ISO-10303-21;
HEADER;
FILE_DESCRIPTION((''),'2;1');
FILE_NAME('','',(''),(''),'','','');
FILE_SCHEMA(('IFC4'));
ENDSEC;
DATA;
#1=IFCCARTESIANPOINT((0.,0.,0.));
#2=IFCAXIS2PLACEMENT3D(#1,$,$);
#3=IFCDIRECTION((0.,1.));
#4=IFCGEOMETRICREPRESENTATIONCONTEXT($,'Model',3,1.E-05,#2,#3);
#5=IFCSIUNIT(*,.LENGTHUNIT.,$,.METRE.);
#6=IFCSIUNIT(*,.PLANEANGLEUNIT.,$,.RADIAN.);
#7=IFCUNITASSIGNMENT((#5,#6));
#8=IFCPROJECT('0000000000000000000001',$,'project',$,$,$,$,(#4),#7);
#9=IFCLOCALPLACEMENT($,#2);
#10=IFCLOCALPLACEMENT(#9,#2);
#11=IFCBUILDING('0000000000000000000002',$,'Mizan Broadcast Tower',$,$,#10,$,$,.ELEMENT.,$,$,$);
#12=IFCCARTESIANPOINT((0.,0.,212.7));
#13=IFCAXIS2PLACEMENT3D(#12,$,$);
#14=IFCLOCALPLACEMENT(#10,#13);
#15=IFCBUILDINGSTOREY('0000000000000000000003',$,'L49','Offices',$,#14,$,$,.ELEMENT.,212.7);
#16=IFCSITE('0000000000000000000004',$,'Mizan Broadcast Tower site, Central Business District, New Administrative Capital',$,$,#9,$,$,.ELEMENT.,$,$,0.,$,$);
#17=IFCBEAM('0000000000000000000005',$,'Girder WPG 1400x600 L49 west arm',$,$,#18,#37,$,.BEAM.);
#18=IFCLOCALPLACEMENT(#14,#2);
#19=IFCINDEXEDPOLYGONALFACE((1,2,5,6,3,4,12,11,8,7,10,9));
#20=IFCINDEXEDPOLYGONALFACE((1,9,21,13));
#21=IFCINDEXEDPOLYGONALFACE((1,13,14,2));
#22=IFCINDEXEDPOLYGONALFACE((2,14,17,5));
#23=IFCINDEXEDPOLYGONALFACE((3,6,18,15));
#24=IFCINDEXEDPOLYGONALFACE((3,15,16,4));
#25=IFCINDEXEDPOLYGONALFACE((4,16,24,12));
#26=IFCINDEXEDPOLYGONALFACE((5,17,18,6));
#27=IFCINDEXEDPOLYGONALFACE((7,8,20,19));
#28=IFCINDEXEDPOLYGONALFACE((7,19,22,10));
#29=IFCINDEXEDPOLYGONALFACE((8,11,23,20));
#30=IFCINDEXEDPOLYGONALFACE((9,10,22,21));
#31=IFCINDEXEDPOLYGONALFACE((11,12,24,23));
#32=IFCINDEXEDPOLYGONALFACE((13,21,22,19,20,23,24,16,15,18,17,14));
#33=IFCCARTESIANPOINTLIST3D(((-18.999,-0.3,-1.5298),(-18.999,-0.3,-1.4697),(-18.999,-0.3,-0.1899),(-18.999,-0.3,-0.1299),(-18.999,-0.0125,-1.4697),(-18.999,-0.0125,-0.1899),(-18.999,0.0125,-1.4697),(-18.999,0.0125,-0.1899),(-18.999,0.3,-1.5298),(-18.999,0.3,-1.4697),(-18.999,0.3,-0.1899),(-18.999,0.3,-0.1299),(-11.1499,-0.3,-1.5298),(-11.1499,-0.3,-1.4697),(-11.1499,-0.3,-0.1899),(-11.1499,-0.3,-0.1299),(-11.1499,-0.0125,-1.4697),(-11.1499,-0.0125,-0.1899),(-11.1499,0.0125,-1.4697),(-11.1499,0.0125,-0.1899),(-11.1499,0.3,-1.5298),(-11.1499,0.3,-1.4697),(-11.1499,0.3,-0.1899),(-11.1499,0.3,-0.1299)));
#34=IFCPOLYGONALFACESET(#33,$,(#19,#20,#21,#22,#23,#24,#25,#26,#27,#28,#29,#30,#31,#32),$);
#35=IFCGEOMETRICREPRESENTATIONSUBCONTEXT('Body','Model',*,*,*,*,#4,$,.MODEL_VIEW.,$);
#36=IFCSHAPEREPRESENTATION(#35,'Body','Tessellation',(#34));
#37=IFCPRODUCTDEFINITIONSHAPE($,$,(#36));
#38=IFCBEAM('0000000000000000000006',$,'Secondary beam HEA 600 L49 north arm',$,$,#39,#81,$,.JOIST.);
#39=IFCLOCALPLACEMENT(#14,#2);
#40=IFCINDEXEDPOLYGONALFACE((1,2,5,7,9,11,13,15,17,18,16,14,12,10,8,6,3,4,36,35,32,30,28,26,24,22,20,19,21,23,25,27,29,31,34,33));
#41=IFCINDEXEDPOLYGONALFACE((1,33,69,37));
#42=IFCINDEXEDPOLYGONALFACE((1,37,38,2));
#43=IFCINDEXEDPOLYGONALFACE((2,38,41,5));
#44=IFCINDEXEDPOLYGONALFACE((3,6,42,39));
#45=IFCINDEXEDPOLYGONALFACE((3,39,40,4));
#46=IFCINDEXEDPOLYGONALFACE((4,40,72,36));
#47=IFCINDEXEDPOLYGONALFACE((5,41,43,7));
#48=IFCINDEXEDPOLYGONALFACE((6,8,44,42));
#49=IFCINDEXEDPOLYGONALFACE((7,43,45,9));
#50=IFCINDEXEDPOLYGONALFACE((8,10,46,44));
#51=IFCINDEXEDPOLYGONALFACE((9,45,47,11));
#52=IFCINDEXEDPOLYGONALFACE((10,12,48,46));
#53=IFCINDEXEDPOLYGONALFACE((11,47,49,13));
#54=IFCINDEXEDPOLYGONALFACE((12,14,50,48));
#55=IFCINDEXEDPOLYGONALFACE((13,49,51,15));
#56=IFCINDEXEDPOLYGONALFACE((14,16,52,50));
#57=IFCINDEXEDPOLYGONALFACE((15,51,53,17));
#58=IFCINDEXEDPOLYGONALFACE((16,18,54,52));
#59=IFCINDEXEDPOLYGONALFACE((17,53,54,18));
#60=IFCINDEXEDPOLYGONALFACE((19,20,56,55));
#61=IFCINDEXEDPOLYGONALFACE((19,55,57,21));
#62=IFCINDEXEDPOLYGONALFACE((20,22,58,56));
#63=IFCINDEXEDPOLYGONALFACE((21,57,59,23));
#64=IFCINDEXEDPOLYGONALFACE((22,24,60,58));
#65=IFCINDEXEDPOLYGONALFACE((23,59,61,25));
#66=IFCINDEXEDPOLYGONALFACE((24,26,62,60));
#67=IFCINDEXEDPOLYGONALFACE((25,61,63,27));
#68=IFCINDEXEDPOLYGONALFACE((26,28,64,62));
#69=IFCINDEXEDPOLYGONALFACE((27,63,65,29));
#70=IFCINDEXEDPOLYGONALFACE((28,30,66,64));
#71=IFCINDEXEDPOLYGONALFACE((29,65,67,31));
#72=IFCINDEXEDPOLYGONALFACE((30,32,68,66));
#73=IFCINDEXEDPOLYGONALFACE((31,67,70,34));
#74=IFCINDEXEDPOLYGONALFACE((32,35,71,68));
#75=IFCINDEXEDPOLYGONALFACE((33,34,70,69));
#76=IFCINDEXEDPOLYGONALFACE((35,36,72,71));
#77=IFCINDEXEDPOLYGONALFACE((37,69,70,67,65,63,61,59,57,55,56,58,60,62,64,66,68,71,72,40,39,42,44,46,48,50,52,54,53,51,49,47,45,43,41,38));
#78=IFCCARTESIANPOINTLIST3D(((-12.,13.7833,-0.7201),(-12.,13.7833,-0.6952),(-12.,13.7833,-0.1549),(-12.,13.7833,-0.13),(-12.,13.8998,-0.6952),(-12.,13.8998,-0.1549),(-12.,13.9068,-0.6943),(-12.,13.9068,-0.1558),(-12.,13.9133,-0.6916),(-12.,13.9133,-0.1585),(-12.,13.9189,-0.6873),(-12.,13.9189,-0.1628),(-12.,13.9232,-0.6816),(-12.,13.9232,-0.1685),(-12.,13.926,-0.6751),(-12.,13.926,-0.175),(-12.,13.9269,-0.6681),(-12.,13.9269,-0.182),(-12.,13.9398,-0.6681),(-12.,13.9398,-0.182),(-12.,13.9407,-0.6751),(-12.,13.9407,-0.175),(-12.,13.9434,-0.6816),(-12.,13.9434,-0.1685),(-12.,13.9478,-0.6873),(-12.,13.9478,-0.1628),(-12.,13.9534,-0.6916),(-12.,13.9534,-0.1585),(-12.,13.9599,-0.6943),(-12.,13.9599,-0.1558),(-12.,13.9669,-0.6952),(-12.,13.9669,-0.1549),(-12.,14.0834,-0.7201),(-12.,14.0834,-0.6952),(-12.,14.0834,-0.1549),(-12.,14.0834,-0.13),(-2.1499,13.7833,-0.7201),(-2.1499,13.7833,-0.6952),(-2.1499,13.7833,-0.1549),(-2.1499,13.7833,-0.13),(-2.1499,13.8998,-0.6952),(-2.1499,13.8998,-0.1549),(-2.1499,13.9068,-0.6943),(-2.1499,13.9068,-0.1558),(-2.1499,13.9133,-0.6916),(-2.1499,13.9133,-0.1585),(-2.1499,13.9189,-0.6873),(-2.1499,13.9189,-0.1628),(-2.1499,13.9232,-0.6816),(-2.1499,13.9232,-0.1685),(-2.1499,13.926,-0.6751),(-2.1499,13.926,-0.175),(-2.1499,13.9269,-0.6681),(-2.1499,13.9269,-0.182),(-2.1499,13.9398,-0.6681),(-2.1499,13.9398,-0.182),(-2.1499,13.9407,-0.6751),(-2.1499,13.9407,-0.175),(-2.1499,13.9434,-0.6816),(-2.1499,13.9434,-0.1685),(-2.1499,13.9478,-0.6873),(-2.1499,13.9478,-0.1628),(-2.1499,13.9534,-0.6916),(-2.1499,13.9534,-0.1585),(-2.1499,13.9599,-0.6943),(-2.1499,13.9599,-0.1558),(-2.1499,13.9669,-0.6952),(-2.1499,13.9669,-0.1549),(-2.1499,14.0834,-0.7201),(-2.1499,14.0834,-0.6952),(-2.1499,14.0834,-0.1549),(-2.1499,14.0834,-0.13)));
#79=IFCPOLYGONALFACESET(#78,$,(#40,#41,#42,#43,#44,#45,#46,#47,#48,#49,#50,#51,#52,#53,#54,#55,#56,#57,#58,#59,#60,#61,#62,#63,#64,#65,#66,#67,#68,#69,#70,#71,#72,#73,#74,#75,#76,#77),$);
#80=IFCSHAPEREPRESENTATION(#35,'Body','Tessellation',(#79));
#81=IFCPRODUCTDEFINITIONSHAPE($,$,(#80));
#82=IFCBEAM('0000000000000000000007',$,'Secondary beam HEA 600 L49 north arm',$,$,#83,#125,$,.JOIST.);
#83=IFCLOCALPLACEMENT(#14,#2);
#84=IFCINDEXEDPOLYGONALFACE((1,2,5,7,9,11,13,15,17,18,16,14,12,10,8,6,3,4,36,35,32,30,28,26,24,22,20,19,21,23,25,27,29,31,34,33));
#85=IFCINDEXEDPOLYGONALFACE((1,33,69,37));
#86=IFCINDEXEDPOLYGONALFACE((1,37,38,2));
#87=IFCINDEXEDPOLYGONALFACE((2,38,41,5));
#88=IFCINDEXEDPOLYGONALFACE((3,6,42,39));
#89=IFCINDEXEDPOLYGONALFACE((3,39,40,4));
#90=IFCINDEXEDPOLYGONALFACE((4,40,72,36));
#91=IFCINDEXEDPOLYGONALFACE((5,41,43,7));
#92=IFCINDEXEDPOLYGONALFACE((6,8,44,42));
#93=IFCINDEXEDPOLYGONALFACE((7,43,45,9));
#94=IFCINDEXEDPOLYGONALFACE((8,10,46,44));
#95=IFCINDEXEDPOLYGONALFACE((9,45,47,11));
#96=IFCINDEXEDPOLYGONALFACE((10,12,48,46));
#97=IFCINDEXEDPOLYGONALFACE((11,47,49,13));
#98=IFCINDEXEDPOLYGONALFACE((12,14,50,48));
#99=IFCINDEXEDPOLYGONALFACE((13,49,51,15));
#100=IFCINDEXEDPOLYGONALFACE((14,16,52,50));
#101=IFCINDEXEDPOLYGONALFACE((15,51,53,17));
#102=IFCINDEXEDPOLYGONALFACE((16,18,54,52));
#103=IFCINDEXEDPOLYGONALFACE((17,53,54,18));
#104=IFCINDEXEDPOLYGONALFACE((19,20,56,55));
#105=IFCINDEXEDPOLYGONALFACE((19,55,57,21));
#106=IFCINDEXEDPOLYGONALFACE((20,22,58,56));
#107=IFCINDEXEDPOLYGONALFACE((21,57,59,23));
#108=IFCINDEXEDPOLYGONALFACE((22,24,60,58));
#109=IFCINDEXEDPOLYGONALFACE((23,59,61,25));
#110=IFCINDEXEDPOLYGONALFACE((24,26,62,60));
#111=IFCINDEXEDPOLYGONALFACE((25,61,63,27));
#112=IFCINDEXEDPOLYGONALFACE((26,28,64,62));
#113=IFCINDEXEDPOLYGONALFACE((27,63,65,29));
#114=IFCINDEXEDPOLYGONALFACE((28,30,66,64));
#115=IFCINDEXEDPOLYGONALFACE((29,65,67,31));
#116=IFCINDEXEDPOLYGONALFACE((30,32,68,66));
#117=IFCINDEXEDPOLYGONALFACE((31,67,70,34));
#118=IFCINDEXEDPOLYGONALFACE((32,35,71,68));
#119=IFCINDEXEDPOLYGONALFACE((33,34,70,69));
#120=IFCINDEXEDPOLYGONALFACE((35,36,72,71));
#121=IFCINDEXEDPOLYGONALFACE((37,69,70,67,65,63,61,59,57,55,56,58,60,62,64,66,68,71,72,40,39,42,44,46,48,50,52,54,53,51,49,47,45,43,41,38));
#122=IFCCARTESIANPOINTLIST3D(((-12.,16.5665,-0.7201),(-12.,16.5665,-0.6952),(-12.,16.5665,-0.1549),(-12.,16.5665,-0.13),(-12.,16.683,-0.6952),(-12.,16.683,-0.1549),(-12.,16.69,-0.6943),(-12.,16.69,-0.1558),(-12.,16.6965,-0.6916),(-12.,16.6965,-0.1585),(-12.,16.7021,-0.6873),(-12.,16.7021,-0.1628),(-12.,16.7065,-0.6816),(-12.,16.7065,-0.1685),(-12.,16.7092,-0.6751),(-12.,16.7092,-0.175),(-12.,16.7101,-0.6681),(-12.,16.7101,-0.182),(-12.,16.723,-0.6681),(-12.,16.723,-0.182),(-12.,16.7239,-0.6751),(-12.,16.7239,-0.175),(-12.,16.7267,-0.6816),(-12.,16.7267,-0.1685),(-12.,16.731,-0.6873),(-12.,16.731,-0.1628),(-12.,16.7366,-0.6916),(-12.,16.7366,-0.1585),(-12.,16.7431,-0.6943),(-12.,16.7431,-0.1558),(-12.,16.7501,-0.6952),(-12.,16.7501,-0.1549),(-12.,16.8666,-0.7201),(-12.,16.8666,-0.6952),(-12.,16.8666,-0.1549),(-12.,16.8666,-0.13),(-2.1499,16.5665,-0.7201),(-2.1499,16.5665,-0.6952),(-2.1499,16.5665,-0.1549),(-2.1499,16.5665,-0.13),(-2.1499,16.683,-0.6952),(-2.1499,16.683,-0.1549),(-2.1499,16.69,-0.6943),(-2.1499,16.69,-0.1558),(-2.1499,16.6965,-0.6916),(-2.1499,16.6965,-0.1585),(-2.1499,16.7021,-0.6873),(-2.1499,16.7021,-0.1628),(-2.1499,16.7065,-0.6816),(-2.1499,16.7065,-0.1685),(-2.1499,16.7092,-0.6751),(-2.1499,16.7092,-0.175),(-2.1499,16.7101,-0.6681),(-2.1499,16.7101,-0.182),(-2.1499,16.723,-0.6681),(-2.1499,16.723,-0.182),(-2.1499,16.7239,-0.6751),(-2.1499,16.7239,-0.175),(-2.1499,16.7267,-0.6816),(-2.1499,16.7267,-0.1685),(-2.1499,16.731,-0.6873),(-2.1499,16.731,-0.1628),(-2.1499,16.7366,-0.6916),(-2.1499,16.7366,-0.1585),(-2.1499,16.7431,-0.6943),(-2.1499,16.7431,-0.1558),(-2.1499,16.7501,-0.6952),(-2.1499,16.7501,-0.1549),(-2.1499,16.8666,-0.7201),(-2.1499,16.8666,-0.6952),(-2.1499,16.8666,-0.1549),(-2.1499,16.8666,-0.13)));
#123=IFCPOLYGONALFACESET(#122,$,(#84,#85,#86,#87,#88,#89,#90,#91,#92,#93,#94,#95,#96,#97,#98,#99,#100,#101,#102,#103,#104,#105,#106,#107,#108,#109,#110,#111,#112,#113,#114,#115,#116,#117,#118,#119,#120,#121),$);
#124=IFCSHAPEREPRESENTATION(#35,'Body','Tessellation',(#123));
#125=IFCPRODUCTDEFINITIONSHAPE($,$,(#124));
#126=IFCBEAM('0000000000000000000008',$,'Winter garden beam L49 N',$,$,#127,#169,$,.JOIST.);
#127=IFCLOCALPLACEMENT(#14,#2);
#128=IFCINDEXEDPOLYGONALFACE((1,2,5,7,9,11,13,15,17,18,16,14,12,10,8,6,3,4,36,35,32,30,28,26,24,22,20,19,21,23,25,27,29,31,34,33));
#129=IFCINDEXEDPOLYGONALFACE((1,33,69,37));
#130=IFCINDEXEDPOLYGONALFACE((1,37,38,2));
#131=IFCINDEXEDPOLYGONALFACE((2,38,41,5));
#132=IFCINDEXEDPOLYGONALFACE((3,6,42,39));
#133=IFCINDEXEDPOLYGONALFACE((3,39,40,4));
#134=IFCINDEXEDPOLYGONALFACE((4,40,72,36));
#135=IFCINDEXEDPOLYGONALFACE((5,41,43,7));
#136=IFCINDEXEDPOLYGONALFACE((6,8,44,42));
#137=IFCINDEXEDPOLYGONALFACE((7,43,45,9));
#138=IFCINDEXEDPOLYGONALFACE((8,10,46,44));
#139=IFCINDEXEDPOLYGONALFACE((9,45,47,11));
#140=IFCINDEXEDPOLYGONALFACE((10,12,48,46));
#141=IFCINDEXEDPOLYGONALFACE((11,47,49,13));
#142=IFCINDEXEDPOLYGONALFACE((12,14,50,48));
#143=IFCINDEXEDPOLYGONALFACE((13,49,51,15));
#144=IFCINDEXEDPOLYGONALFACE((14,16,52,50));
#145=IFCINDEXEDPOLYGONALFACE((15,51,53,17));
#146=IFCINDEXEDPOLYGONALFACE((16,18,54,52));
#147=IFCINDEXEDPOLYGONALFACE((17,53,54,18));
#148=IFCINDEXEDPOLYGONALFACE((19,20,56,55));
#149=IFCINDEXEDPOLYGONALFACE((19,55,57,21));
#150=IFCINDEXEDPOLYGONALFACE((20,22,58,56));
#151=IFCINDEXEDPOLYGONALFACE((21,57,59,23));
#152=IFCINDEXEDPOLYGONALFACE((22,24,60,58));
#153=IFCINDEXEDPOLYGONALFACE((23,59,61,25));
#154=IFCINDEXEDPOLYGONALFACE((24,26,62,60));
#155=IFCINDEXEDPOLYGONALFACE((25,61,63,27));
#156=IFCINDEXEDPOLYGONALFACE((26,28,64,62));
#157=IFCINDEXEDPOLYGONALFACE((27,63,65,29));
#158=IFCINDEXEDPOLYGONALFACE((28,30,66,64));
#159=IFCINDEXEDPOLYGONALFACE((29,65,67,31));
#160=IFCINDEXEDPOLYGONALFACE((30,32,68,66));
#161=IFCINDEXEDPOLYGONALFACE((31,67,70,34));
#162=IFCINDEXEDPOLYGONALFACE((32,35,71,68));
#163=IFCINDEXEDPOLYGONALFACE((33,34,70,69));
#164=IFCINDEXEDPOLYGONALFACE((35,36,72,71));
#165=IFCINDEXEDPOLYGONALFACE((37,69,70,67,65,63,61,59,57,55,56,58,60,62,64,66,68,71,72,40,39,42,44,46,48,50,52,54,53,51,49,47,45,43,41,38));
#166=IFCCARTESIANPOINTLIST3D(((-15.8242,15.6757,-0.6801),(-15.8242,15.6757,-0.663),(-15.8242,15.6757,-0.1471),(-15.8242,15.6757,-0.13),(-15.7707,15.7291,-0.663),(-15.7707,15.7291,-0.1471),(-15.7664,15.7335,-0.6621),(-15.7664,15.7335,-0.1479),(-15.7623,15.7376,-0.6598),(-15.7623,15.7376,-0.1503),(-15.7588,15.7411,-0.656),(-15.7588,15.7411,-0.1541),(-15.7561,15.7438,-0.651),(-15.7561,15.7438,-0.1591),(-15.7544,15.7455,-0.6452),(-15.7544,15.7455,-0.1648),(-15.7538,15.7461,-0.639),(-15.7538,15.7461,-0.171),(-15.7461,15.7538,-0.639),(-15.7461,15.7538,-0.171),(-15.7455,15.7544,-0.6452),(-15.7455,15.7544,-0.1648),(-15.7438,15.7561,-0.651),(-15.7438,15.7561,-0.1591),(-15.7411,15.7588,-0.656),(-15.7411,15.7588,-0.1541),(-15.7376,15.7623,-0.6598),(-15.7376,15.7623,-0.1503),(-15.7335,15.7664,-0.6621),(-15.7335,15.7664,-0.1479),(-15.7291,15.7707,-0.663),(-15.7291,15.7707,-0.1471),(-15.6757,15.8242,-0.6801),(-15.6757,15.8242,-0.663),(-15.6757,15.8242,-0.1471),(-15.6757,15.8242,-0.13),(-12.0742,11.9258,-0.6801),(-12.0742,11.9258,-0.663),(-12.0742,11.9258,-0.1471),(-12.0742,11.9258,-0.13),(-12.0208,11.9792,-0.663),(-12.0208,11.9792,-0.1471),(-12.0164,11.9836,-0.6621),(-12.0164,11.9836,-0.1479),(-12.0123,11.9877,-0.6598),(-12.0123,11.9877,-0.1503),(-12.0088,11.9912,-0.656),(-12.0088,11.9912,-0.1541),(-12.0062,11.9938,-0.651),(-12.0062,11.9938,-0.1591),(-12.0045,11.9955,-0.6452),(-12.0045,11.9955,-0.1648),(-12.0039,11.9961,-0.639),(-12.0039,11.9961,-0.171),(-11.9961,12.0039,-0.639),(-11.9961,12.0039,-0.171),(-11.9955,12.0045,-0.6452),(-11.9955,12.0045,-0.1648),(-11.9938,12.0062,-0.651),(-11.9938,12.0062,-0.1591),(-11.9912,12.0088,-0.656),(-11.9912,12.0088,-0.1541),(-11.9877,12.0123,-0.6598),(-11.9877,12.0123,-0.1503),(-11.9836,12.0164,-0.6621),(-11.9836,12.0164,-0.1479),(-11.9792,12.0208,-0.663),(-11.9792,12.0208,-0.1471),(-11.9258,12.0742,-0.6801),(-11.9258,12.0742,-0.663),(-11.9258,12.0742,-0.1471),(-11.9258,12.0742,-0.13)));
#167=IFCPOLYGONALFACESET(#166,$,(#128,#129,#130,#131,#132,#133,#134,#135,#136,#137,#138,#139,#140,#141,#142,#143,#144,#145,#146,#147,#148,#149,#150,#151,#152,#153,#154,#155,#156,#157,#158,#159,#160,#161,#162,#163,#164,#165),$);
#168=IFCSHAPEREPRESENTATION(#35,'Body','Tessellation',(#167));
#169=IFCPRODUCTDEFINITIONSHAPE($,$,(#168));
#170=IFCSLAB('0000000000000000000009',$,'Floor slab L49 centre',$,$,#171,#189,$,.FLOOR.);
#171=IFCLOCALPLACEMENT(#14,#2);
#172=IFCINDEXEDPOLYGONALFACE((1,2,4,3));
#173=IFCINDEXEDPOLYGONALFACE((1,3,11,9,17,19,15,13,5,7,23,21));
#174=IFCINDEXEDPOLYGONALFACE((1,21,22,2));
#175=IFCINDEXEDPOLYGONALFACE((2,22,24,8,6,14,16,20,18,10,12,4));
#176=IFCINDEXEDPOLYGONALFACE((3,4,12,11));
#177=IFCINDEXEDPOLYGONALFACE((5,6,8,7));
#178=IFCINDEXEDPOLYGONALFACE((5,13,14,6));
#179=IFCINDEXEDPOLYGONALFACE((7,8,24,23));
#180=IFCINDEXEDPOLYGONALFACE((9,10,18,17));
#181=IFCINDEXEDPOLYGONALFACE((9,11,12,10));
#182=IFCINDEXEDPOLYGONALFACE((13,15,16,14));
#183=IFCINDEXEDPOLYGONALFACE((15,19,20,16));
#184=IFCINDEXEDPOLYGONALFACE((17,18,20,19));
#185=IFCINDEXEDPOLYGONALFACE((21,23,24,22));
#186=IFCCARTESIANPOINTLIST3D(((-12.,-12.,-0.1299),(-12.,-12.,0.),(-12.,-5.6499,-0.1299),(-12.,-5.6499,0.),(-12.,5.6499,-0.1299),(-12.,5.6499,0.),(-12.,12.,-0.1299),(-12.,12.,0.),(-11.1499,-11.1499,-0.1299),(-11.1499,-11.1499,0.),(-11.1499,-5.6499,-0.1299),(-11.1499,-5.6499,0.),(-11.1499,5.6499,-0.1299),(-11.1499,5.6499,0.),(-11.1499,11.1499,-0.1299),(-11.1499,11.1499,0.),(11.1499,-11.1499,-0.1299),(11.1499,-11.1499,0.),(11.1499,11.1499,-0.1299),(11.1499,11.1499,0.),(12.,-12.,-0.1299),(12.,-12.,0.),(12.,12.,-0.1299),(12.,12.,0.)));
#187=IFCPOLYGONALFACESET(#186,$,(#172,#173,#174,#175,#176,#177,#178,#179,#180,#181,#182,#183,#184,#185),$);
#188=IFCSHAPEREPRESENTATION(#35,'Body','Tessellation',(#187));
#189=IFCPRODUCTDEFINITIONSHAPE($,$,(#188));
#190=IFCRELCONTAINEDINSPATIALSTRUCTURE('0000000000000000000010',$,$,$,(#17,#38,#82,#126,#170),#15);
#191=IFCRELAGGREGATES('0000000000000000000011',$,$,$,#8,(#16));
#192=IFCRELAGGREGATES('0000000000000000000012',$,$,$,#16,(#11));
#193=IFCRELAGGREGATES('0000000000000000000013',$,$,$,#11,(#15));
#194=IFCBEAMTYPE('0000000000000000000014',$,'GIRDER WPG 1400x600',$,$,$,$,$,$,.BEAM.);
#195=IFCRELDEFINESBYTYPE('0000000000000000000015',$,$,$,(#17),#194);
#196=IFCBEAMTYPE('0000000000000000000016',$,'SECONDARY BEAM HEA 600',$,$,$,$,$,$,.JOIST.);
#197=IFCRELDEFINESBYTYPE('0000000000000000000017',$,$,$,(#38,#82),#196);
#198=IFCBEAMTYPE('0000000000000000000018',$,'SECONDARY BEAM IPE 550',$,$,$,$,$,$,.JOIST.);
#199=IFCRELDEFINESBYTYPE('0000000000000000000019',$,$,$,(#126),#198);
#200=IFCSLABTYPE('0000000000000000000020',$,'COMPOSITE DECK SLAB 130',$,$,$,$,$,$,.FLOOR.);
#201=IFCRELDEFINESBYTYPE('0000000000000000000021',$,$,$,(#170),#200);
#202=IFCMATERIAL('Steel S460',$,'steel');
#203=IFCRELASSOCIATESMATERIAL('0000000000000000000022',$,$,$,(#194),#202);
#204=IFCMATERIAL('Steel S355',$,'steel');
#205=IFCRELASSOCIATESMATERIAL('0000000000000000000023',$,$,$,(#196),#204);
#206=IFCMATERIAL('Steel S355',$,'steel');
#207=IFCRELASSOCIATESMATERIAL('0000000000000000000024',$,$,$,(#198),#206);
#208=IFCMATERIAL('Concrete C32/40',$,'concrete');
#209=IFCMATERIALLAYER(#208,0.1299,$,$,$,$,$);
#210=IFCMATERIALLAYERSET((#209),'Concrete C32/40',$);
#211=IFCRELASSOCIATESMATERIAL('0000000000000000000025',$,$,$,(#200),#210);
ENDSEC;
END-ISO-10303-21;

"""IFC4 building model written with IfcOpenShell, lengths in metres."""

from ifc_helpers import new_model, si_unit, direction, frame, origin, origin_2d, place, context, subcontext, project, spatial, polyline, i_section, outline, extrude, material, layer, layer_set, material_profile, profile_set, type_object, element, save


model = new_model("IFC4")

# Units and contexts
model_context = context("Model", 3, precision=1e-05, world=origin(), true_north=direction((0.0, 1.0)))
body_context = subcontext(model_context, "Body", "Model", "MODEL_VIEW")
ifc_project = project(units=[si_unit("LENGTHUNIT", "METRE"), si_unit("PLANEANGLEUNIT", "RADIAN")], contexts=[model_context])

# Site, building, storey
site_placement = place(None, origin())
site = spatial("IfcSite", under=ifc_project, at=site_placement, Name="Mizan Broadcast Tower site, Central Business District, New Administrative Capital", CompositionType="ELEMENT", RefElevation=0.0)
building_placement = place(site_placement, origin())
building = spatial("IfcBuilding", under=site, at=building_placement, Name="Mizan Broadcast Tower", CompositionType="ELEMENT")
storey_placement = place(building_placement, frame((0.0, 0.0, 212.7)))
storey = spatial("IfcBuildingStorey", under=building, at=storey_placement, Name="L49", Description="Offices", CompositionType="ELEMENT", Elevation=212.7)

# Beams
ifc_material_1 = material(Name="Steel S460", Category="steel")
ifc_material_profile_1 = material_profile(ifc_material_1, i_section(OverallWidth=0.6001, OverallDepth=1.3999, WebThickness=0.0249, FlangeThickness=0.0601, at=origin_2d()), Name="WPG 1400x600")
ifc_profile_set_1 = profile_set([ifc_material_profile_1], Name="Steel S460")
beam_type_1 = type_object("IfcBeamType", Name="GIRDER WPG 1400x600", PredefinedType="BEAM", material=ifc_profile_set_1)
for number, where, z_axis, x_axis, name in (
    (1, (-11.1499, 0.0, -0.8298), (-1.0, 0.0, 0.0), (0.0, -1.0, 0.0), "Girder WPG 1400x600 L49 west arm"),
):
    element("IfcBeam", number, at=place(storey_placement, frame(where, z_axis=z_axis, x_axis=x_axis)), inside=storey, type_object=beam_type_1, Name=name, PredefinedType="BEAM", context=body_context, shape_type="SweptSolid", body=[
        extrude(i_section(OverallWidth=0.6001, OverallDepth=1.3999, WebThickness=0.0249, FlangeThickness=0.0601, at=origin_2d()), origin(), (0.0, 0.0, 1.0), 7.8491),
    ])
ifc_material_2 = material(Name="Steel S355", Category="steel")
ifc_material_profile_2 = material_profile(ifc_material_2, i_section(OverallWidth=0.3, OverallDepth=0.5901, WebThickness=0.0129, FlangeThickness=0.0249, FilletRadius=0.0271, at=origin_2d()), Name="HEA 600")
ifc_profile_set_2 = profile_set([ifc_material_profile_2], Name="Steel S355")
beam_type_2 = type_object("IfcBeamType", Name="SECONDARY BEAM HEA 600", PredefinedType="JOIST", material=ifc_profile_set_2)
for number, where, z_axis, x_axis, name in (
    (2, (-12.0, 13.9333, -0.425), (1.0, 0.0, 0.0), (0.0, 1.0, 0.0), "Secondary beam HEA 600 L49 north arm"),
    (3, (-12.0, 16.7166, -0.425), (1.0, 0.0, 0.0), (0.0, 1.0, 0.0), "Secondary beam HEA 600 L49 north arm"),
):
    element("IfcBeam", number, at=place(storey_placement, frame(where, z_axis=z_axis, x_axis=x_axis)), inside=storey, type_object=beam_type_2, Name=name, PredefinedType="JOIST", context=body_context, shape_type="SweptSolid", body=[
        extrude(i_section(OverallWidth=0.3, OverallDepth=0.5901, WebThickness=0.0129, FlangeThickness=0.0249, FilletRadius=0.0271, at=origin_2d()), origin(), (0.0, 0.0, 1.0), 9.8501),
    ])
ifc_material_3 = material(Name="Steel S355", Category="steel")
ifc_material_profile_3 = material_profile(ifc_material_3, i_section(OverallWidth=0.21, OverallDepth=0.55, WebThickness=0.011, FlangeThickness=0.0171, FilletRadius=0.0239, at=origin_2d()), Name="IPE 550")
ifc_profile_set_3 = profile_set([ifc_material_profile_3], Name="Steel S355")
beam_type_3 = type_object("IfcBeamType", Name="SECONDARY BEAM IPE 550", PredefinedType="JOIST", material=ifc_profile_set_3)
beam_1_placement = place(storey_placement, frame((-12.0, 12.0, -0.405), z_axis=(-0.707107, 0.707107, 0.0), x_axis=(-0.707107, -0.707107, 0.0)))
element("IfcBeam", 4, at=beam_1_placement, inside=storey, type_object=beam_type_3, Name="Winter garden beam L49 N", PredefinedType="JOIST", context=body_context, shape_type="SweptSolid", body=[
    extrude(i_section(OverallWidth=0.21, OverallDepth=0.55, WebThickness=0.011, FlangeThickness=0.0171, FilletRadius=0.0239, at=origin_2d()), origin(), (0.0, 0.0, 1.0), 5.3032),
])

# Slab
ifc_material_4 = material(Name="Concrete C32/40", Category="concrete")
ifc_layer_1 = layer(ifc_material_4, 0.1299)
ifc_layer_set_1 = layer_set([ifc_layer_1], Name="Concrete C32/40")
slab_type = type_object("IfcSlabType", Name="COMPOSITE DECK SLAB 130", PredefinedType="FLOOR", material=ifc_layer_set_1)
slab_placement = place(storey_placement, frame((0.0, 0.0, -0.1299)))
element("IfcSlab", 5, at=slab_placement, inside=storey, type_object=slab_type, Name="Floor slab L49 centre", PredefinedType="FLOOR", context=body_context, shape_type="SweptSolid", body=[
    extrude(outline(polyline([(-11.1499, -5.6499), (-12.0, -5.6499), (-12.0, -12.0), (12.0, -12.0), (12.0, 12.0), (-12.0, 12.0), (-12.0, 5.6499), (-11.1499, 5.6499), (-11.1499, 11.1499), (11.1499, 11.1499), (11.1499, -11.1499), (-11.1499, -11.1499), (-11.1499, -5.6499)])), origin(), (0.0, 0.0, 1.0), 0.1299),
])

save(model, "model.ifc")
